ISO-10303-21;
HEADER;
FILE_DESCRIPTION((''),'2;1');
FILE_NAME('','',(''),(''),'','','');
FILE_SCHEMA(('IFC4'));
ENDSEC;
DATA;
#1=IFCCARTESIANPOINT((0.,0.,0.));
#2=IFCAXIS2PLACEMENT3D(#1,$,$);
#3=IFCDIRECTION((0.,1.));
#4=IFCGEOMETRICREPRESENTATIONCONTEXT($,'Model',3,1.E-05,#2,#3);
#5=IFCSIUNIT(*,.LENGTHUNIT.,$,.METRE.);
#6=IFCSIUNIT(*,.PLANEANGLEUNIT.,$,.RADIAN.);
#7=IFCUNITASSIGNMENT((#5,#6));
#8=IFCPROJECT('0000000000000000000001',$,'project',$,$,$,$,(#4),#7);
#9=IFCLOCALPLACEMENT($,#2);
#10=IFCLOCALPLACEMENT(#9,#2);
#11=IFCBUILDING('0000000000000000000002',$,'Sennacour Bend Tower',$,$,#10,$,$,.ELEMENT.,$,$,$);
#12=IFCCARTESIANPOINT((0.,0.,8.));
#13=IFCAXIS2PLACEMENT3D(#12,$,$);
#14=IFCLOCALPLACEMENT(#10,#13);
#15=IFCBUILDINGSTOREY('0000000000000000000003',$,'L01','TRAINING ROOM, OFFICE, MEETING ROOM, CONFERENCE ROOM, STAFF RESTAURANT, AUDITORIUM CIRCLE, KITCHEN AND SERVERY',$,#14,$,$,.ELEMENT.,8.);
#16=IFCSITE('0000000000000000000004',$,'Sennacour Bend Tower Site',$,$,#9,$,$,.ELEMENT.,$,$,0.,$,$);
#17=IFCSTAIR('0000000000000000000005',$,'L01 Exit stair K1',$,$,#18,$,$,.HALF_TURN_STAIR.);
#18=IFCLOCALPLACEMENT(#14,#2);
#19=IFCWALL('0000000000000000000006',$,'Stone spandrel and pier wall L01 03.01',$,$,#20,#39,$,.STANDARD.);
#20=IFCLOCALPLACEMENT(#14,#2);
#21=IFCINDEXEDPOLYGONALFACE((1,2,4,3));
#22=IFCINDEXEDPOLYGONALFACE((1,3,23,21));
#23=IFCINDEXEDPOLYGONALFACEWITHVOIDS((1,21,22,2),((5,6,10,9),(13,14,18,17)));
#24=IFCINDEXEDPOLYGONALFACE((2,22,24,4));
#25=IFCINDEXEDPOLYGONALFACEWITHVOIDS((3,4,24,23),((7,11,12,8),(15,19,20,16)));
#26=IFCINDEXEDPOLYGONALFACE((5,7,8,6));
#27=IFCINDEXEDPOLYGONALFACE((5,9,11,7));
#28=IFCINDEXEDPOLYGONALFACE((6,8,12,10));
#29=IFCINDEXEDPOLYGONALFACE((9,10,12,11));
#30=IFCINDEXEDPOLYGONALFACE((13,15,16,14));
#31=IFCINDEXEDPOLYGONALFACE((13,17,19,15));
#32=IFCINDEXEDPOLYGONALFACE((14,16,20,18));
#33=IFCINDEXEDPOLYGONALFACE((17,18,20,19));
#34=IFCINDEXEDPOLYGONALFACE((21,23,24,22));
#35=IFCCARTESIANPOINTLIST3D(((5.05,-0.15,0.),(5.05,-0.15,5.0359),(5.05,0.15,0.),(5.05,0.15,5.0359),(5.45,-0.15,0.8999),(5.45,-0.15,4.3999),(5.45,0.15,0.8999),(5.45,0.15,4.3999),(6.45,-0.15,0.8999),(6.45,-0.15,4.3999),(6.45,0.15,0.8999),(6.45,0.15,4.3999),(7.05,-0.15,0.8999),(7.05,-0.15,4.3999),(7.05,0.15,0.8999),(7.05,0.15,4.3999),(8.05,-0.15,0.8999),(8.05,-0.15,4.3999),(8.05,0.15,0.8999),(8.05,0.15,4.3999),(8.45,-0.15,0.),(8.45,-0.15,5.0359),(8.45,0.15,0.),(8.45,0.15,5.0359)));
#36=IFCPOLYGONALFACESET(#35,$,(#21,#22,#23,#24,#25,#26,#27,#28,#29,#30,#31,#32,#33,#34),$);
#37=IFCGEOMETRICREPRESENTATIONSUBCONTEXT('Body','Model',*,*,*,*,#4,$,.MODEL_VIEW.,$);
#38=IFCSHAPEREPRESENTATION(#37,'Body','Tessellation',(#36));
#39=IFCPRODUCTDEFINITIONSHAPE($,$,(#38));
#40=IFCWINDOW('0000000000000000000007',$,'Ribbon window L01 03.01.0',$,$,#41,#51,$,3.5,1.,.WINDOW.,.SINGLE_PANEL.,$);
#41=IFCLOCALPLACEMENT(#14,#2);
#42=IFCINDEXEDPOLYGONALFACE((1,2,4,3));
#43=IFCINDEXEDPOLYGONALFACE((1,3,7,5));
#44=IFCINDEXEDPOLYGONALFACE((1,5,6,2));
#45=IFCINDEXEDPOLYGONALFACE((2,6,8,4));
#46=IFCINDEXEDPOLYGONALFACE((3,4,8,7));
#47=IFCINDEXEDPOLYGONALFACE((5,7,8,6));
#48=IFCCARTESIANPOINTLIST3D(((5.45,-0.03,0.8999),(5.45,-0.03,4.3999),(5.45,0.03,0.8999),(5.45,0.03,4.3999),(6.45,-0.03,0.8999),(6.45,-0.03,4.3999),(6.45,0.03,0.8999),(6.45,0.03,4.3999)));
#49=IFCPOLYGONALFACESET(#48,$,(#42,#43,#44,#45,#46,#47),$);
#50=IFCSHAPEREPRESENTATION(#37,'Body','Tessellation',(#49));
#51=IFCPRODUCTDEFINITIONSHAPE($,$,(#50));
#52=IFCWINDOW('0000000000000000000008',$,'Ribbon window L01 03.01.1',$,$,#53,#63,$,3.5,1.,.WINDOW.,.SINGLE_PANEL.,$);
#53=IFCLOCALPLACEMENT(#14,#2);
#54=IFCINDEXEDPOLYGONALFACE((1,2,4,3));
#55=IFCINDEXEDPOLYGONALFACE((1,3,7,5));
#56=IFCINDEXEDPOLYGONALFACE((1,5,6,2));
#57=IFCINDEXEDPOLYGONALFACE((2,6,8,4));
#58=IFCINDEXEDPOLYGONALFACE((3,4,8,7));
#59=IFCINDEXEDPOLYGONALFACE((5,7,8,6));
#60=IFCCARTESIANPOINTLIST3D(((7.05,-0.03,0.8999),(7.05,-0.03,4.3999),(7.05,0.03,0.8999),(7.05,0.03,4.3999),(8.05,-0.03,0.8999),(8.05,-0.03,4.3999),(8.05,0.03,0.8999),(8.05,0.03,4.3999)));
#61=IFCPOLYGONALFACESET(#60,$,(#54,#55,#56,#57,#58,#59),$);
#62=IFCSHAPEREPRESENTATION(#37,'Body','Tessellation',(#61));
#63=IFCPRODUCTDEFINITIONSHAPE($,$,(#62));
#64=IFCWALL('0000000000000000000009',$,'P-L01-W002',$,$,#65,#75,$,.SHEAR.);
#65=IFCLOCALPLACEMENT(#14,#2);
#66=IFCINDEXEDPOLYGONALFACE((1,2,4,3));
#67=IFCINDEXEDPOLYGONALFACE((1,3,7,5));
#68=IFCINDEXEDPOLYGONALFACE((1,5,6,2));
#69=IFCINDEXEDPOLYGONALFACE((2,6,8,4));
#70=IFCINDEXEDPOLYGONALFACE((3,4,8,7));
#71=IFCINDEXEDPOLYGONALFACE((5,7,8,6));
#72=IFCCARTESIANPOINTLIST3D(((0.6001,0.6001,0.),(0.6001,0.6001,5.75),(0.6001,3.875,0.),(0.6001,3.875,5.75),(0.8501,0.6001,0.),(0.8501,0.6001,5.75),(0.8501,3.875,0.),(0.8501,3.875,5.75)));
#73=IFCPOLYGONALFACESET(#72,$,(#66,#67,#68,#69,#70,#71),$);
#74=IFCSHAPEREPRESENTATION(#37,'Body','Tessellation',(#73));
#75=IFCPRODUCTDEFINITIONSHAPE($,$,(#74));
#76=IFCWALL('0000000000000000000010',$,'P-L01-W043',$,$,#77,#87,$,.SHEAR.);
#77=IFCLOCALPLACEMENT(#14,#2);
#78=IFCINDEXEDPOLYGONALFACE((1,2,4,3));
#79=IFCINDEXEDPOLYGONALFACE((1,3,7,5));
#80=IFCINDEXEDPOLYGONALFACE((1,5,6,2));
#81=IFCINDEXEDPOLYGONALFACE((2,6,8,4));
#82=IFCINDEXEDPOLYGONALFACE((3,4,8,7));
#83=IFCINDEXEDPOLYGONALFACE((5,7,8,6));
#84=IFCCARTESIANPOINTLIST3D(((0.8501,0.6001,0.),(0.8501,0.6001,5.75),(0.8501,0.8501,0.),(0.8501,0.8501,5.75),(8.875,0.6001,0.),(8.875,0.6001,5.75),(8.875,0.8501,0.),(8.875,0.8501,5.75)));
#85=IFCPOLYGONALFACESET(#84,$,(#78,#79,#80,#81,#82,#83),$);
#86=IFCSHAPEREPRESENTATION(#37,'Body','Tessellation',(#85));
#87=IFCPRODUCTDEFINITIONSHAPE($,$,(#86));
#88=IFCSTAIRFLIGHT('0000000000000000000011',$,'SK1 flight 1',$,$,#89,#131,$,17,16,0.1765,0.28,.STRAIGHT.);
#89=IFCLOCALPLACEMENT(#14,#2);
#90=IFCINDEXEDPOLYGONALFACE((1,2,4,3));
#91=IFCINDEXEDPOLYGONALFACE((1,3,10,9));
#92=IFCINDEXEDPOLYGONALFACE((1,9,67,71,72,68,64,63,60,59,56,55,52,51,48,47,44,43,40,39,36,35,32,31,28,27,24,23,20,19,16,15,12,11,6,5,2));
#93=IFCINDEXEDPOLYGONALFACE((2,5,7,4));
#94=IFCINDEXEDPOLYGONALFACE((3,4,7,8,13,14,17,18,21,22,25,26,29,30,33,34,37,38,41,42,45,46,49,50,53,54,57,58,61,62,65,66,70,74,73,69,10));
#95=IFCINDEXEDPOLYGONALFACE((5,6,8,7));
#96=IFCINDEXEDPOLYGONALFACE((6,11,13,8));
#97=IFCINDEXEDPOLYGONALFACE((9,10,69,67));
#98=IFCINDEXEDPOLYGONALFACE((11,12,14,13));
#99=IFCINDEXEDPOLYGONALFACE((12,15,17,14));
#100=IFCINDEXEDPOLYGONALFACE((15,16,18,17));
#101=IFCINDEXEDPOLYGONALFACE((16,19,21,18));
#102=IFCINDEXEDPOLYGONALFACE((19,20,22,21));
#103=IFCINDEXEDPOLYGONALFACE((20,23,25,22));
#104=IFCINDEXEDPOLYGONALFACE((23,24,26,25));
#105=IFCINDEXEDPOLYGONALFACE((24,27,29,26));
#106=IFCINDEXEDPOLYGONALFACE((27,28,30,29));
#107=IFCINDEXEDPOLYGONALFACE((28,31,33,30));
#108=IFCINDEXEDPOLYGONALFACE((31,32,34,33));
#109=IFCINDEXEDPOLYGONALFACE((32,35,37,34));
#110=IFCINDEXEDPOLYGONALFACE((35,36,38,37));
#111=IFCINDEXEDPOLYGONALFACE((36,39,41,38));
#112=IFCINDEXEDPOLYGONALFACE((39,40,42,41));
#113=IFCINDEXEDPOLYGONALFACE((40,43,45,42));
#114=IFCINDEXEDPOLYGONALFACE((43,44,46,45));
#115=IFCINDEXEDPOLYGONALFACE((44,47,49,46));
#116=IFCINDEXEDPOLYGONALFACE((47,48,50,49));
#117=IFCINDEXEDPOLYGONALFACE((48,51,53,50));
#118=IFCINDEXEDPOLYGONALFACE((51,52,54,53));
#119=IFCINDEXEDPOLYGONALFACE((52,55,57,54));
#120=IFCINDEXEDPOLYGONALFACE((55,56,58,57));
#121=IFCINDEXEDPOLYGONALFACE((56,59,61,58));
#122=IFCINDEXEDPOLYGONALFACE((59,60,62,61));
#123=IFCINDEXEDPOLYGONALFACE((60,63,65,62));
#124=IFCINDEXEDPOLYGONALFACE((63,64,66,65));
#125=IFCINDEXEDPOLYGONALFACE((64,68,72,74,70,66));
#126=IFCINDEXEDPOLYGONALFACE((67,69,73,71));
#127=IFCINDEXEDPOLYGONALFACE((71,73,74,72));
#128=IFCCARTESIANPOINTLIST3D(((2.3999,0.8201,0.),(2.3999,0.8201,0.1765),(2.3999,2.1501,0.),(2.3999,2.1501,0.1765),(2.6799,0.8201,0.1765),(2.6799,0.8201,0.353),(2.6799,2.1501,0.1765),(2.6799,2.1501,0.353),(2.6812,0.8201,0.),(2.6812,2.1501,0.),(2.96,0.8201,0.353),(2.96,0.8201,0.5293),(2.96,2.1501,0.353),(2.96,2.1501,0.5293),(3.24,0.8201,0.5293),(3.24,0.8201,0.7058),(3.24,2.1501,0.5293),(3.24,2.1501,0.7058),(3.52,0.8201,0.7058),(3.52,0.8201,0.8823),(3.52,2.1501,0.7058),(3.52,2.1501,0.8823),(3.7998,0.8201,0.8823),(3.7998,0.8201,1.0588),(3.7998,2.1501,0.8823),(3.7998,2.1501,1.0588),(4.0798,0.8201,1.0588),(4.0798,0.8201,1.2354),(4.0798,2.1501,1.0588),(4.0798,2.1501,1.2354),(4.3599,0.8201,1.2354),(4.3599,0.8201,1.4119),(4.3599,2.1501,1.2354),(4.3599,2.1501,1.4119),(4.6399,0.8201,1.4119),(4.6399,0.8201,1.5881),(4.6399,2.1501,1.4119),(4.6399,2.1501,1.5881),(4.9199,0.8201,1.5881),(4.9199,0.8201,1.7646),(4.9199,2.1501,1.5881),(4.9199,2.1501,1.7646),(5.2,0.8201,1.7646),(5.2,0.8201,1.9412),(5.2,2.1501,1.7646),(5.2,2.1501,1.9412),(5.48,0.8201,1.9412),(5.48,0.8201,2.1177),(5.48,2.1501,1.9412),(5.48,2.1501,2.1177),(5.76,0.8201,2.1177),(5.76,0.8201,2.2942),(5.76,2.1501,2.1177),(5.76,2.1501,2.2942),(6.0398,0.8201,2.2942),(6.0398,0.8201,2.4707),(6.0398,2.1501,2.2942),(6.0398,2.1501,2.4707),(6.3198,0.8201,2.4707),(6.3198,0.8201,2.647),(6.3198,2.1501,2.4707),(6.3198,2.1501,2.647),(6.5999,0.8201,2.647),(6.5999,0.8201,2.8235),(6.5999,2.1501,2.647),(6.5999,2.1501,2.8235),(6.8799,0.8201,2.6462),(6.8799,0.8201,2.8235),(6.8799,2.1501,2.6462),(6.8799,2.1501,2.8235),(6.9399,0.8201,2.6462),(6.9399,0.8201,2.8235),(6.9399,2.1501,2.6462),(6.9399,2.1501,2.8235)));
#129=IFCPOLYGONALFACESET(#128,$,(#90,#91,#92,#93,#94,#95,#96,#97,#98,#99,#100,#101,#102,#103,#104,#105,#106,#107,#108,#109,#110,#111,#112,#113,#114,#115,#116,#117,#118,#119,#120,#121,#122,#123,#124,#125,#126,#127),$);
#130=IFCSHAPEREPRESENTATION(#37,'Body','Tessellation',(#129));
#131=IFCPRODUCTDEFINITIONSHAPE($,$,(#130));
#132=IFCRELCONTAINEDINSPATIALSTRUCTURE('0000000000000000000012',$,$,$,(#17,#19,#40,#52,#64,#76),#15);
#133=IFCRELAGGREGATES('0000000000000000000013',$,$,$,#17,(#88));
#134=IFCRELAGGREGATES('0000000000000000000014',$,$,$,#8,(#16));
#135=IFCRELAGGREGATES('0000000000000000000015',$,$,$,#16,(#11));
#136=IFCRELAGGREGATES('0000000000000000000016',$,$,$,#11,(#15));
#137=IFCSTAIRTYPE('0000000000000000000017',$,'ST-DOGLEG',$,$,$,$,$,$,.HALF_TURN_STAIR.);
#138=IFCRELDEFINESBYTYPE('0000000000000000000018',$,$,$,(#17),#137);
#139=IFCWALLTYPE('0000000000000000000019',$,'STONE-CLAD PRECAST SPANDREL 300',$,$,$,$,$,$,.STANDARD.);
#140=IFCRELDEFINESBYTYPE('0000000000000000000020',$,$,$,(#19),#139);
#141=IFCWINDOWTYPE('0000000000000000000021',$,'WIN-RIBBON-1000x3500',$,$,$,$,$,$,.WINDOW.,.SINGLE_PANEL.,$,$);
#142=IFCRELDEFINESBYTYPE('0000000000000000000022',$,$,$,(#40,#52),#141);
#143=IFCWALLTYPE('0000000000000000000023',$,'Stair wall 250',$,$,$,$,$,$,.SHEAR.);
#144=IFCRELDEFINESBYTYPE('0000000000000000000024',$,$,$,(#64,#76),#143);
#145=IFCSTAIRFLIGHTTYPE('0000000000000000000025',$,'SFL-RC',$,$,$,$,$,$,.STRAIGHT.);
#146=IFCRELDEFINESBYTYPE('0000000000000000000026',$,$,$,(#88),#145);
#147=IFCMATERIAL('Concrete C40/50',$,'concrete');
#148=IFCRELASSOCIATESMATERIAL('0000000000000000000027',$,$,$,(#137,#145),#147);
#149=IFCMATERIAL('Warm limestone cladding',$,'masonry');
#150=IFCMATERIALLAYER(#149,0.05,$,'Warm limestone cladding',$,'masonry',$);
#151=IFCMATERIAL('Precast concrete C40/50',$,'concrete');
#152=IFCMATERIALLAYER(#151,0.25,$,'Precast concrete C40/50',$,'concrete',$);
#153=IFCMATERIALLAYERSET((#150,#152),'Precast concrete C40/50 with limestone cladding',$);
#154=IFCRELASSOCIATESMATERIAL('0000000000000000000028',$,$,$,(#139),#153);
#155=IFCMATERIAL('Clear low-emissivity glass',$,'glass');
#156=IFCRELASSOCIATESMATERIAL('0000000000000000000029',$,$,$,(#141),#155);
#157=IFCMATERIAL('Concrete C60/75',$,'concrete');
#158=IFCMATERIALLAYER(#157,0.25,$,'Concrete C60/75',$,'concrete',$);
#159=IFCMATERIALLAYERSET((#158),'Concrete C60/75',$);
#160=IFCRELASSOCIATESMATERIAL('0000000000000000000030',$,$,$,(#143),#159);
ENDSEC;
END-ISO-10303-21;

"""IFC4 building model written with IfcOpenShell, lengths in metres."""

from ifc_helpers import new_model, si_unit, direction, frame, frame_2d, origin, place, context, subcontext, project, spatial, polyline, rectangle, outline, extrude, material, layer, layer_set, type_object, element, fill, aggregate, save


model = new_model("IFC4")

# Units and contexts
model_context = context("Model", 3, precision=1e-05, world=origin(), true_north=direction((0.0, 1.0)))
body_context = subcontext(model_context, "Body", "Model", "MODEL_VIEW")
ifc_project = project(units=[si_unit("LENGTHUNIT", "METRE"), si_unit("PLANEANGLEUNIT", "RADIAN")], contexts=[model_context])

# Site, building, storey
site_placement = place(None, origin())
site = spatial("IfcSite", under=ifc_project, at=site_placement, Name="Sennacour Bend Tower Site", CompositionType="ELEMENT", RefElevation=0.0)
building_placement = place(site_placement, origin())
building = spatial("IfcBuilding", under=site, at=building_placement, Name="Sennacour Bend Tower", CompositionType="ELEMENT")
storey_placement = place(building_placement, frame((0.0, 0.0, 8.0)))
storey = spatial("IfcBuildingStorey", under=building, at=storey_placement, Name="L01", Description="TRAINING ROOM, OFFICE, MEETING ROOM, CONFERENCE ROOM, STAFF RESTAURANT, AUDITORIUM CIRCLE, KITCHEN AND SERVERY", CompositionType="ELEMENT", Elevation=8.0)

# Shared definitions
ifc_material_1 = material(Name="Concrete C40/50", Category="concrete")
stair_type = type_object("IfcStairType", Name="ST-DOGLEG", PredefinedType="HALF_TURN_STAIR", material=ifc_material_1)

# Stair
stair_1_placement = place(storey_placement, origin())
stair_1 = element("IfcStair", 1, at=stair_1_placement, inside=storey, type_object=stair_type, Name="L01 Exit stair K1", PredefinedType="HALF_TURN_STAIR")

# Wall, openings, windows
ifc_material_2 = material(Name="Warm limestone cladding", Category="masonry")
ifc_layer_1 = layer(ifc_material_2, 0.05, Name="Warm limestone cladding", Category="masonry")
ifc_material_3 = material(Name="Precast concrete C40/50", Category="concrete")
ifc_layer_2 = layer(ifc_material_3, 0.25, Name="Precast concrete C40/50", Category="concrete")
ifc_layer_set_1 = layer_set([ifc_layer_1, ifc_layer_2], Name="Precast concrete C40/50 with limestone cladding")
wall_type_1 = type_object("IfcWallType", Name="STONE-CLAD PRECAST SPANDREL 300", PredefinedType="STANDARD", material=ifc_layer_set_1)
ifc_material_4 = material(Name="Clear low-emissivity glass", Category="glass")
window_type = type_object("IfcWindowType", Name="WIN-RIBBON-1000x3500", PartitioningType="SINGLE_PANEL", PredefinedType="WINDOW", material=ifc_material_4)
wall_1_placement = place(storey_placement, frame((5.05, 0.0, 0.0), z_axis=(0.0, 0.0, 1.0), x_axis=(1.0, 0.0, 0.0)))
wall_1 = element("IfcWall", 2, at=wall_1_placement, inside=storey, type_object=wall_type_1, Name="Stone spandrel and pier wall L01 03.01", PredefinedType="STANDARD", context=body_context, shape_type="SweptSolid", body=[
    extrude(rectangle(XDim=3.3999, YDim=0.3, at=frame_2d((1.7, 0.0))), origin(), (0.0, 0.0, 1.0), 5.0359),
])
opening_1_placement = place(wall_1_placement, frame((0.3999, 0.0, 0.8999)))
opening_1 = element("IfcOpeningElement", 3, at=opening_1_placement, cuts=wall_1, PredefinedType="OPENING", context=body_context, shape_type="SweptSolid", body=[
    extrude(rectangle(XDim=1.0, YDim=3.5, at=frame_2d((0.5, 1.75))), frame((0.0, 0.1602, 0.0), z_axis=(0.0, -1.0, 0.0), x_axis=(1.0, 0.0, 0.0)), (0.0, 0.0, 1.0), 0.3201),
])
opening_2_placement = place(wall_1_placement, frame((2.0, 0.0, 0.8999)))
opening_2 = element("IfcOpeningElement", 4, at=opening_2_placement, cuts=wall_1, PredefinedType="OPENING", context=body_context, shape_type="SweptSolid", body=[
    extrude(rectangle(XDim=1.0, YDim=3.5, at=frame_2d((0.5, 1.75))), frame((0.0, 0.1602, 0.0), z_axis=(0.0, -1.0, 0.0), x_axis=(1.0, 0.0, 0.0)), (0.0, 0.0, 1.0), 0.3201),
])
window_1_placement = place(opening_1_placement, origin())
window_1 = element("IfcWindow", 5, at=window_1_placement, inside=storey, type_object=window_type, Name="Ribbon window L01 03.01.0", OverallHeight=3.5, OverallWidth=1.0, PartitioningType="SINGLE_PANEL", PredefinedType="WINDOW", context=body_context, shape_type="SweptSolid", body=[
    extrude(rectangle(XDim=1.0, YDim=3.5, at=frame_2d((0.5, 1.75))), frame((0.0, 0.03, 0.0), z_axis=(0.0, -1.0, 0.0), x_axis=(1.0, 0.0, 0.0)), (0.0, 0.0, 1.0), 0.0601),
])
fill(opening_1, window_1)
window_2_placement = place(opening_2_placement, origin())
window_2 = element("IfcWindow", 6, at=window_2_placement, inside=storey, type_object=window_type, Name="Ribbon window L01 03.01.1", OverallHeight=3.5, OverallWidth=1.0, PartitioningType="SINGLE_PANEL", PredefinedType="WINDOW", context=body_context, shape_type="SweptSolid", body=[
    extrude(rectangle(XDim=1.0, YDim=3.5, at=frame_2d((0.5, 1.75))), frame((0.0, 0.03, 0.0), z_axis=(0.0, -1.0, 0.0), x_axis=(1.0, 0.0, 0.0)), (0.0, 0.0, 1.0), 0.0601),
])
fill(opening_2, window_2)

# Walls
ifc_material_5 = material(Name="Concrete C60/75", Category="concrete")
ifc_layer_3 = layer(ifc_material_5, 0.25, Name="Concrete C60/75", Category="concrete")
ifc_layer_set_2 = layer_set([ifc_layer_3], Name="Concrete C60/75")
wall_type_2 = type_object("IfcWallType", Name="Stair wall 250", PredefinedType="SHEAR", material=ifc_layer_set_2)
wall_2_placement = place(storey_placement, frame((0.7251, 0.6001, 0.0), z_axis=(0.0, 0.0, 1.0), x_axis=(0.0, 1.0, 0.0)))
element("IfcWall", 7, at=wall_2_placement, inside=storey, type_object=wall_type_2, Name="P-L01-W002", PredefinedType="SHEAR", context=body_context, shape_type="SweptSolid", body=[
    extrude(rectangle(XDim=3.2749, YDim=0.25, at=frame_2d((1.6375, 0.0))), origin(), (0.0, 0.0, 1.0), 5.75),
])
wall_3_placement = place(storey_placement, frame((0.8501, 0.7251, 0.0), z_axis=(0.0, 0.0, 1.0), x_axis=(1.0, 0.0, 0.0)))
element("IfcWall", 8, at=wall_3_placement, inside=storey, type_object=wall_type_2, Name="P-L01-W043", PredefinedType="SHEAR", context=body_context, shape_type="SweptSolid", body=[
    extrude(rectangle(XDim=8.0249, YDim=0.25, at=frame_2d((4.0125, 0.0))), origin(), (0.0, 0.0, 1.0), 5.75),
])

# Stair flight
stair_flight_type = type_object("IfcStairFlightType", Name="SFL-RC", PredefinedType="STRAIGHT", material=ifc_material_1)
stair_flight_placement = place(storey_placement, frame((2.3999, 1.4851, 0.0), z_axis=(0.0, 0.0, 1.0), x_axis=(1.0, 0.0, 0.0)))
stair_flight = element("IfcStairFlight", 9, at=stair_flight_placement, type_object=stair_flight_type, Name="SK1 flight 1", NumberOfRisers=17, NumberOfTreads=16, PredefinedType="STRAIGHT", RiserHeight=0.1765, TreadLength=0.28, context=body_context, shape_type="SweptSolid", body=[
    extrude(outline(polyline([(0.0, 0.0), (0.0, 0.1765), (0.28, 0.1765), (0.28, 0.353), (0.5601, 0.353), (0.5601, 0.5293), (0.8401, 0.5293), (0.8401, 0.7058), (1.1201, 0.7058), (1.1201, 0.8823), (1.3999, 0.8823), (1.3999, 1.0588), (1.6799, 1.0588), (1.6799, 1.2354), (1.96, 1.2354), (1.96, 1.4119), (2.24, 1.4119), (2.24, 1.5881), (2.52, 1.5881), (2.52, 1.7646), (2.8, 1.7646), (2.8, 1.9412), (3.0801, 1.9412), (3.0801, 2.1177), (3.3601, 2.1177), (3.3601, 2.2942), (3.6399, 2.2942), (3.6399, 2.4707), (3.9199, 2.4707), (3.9199, 2.647), (4.2, 2.647), (4.2, 2.8235), (4.48, 2.8235), (4.54, 2.8235), (4.54, 2.6462), (4.48, 2.6462), (0.2812, 0.0), (0.0, 0.0)])), frame((0.0, 0.665, 0.0), z_axis=(0.0, -1.0, 0.0), x_axis=(1.0, 0.0, 0.0)), (0.0, 0.0, 1.0), 1.3301),
])
aggregate(stair_1, [stair_flight])

save(model, "model.ifc")
